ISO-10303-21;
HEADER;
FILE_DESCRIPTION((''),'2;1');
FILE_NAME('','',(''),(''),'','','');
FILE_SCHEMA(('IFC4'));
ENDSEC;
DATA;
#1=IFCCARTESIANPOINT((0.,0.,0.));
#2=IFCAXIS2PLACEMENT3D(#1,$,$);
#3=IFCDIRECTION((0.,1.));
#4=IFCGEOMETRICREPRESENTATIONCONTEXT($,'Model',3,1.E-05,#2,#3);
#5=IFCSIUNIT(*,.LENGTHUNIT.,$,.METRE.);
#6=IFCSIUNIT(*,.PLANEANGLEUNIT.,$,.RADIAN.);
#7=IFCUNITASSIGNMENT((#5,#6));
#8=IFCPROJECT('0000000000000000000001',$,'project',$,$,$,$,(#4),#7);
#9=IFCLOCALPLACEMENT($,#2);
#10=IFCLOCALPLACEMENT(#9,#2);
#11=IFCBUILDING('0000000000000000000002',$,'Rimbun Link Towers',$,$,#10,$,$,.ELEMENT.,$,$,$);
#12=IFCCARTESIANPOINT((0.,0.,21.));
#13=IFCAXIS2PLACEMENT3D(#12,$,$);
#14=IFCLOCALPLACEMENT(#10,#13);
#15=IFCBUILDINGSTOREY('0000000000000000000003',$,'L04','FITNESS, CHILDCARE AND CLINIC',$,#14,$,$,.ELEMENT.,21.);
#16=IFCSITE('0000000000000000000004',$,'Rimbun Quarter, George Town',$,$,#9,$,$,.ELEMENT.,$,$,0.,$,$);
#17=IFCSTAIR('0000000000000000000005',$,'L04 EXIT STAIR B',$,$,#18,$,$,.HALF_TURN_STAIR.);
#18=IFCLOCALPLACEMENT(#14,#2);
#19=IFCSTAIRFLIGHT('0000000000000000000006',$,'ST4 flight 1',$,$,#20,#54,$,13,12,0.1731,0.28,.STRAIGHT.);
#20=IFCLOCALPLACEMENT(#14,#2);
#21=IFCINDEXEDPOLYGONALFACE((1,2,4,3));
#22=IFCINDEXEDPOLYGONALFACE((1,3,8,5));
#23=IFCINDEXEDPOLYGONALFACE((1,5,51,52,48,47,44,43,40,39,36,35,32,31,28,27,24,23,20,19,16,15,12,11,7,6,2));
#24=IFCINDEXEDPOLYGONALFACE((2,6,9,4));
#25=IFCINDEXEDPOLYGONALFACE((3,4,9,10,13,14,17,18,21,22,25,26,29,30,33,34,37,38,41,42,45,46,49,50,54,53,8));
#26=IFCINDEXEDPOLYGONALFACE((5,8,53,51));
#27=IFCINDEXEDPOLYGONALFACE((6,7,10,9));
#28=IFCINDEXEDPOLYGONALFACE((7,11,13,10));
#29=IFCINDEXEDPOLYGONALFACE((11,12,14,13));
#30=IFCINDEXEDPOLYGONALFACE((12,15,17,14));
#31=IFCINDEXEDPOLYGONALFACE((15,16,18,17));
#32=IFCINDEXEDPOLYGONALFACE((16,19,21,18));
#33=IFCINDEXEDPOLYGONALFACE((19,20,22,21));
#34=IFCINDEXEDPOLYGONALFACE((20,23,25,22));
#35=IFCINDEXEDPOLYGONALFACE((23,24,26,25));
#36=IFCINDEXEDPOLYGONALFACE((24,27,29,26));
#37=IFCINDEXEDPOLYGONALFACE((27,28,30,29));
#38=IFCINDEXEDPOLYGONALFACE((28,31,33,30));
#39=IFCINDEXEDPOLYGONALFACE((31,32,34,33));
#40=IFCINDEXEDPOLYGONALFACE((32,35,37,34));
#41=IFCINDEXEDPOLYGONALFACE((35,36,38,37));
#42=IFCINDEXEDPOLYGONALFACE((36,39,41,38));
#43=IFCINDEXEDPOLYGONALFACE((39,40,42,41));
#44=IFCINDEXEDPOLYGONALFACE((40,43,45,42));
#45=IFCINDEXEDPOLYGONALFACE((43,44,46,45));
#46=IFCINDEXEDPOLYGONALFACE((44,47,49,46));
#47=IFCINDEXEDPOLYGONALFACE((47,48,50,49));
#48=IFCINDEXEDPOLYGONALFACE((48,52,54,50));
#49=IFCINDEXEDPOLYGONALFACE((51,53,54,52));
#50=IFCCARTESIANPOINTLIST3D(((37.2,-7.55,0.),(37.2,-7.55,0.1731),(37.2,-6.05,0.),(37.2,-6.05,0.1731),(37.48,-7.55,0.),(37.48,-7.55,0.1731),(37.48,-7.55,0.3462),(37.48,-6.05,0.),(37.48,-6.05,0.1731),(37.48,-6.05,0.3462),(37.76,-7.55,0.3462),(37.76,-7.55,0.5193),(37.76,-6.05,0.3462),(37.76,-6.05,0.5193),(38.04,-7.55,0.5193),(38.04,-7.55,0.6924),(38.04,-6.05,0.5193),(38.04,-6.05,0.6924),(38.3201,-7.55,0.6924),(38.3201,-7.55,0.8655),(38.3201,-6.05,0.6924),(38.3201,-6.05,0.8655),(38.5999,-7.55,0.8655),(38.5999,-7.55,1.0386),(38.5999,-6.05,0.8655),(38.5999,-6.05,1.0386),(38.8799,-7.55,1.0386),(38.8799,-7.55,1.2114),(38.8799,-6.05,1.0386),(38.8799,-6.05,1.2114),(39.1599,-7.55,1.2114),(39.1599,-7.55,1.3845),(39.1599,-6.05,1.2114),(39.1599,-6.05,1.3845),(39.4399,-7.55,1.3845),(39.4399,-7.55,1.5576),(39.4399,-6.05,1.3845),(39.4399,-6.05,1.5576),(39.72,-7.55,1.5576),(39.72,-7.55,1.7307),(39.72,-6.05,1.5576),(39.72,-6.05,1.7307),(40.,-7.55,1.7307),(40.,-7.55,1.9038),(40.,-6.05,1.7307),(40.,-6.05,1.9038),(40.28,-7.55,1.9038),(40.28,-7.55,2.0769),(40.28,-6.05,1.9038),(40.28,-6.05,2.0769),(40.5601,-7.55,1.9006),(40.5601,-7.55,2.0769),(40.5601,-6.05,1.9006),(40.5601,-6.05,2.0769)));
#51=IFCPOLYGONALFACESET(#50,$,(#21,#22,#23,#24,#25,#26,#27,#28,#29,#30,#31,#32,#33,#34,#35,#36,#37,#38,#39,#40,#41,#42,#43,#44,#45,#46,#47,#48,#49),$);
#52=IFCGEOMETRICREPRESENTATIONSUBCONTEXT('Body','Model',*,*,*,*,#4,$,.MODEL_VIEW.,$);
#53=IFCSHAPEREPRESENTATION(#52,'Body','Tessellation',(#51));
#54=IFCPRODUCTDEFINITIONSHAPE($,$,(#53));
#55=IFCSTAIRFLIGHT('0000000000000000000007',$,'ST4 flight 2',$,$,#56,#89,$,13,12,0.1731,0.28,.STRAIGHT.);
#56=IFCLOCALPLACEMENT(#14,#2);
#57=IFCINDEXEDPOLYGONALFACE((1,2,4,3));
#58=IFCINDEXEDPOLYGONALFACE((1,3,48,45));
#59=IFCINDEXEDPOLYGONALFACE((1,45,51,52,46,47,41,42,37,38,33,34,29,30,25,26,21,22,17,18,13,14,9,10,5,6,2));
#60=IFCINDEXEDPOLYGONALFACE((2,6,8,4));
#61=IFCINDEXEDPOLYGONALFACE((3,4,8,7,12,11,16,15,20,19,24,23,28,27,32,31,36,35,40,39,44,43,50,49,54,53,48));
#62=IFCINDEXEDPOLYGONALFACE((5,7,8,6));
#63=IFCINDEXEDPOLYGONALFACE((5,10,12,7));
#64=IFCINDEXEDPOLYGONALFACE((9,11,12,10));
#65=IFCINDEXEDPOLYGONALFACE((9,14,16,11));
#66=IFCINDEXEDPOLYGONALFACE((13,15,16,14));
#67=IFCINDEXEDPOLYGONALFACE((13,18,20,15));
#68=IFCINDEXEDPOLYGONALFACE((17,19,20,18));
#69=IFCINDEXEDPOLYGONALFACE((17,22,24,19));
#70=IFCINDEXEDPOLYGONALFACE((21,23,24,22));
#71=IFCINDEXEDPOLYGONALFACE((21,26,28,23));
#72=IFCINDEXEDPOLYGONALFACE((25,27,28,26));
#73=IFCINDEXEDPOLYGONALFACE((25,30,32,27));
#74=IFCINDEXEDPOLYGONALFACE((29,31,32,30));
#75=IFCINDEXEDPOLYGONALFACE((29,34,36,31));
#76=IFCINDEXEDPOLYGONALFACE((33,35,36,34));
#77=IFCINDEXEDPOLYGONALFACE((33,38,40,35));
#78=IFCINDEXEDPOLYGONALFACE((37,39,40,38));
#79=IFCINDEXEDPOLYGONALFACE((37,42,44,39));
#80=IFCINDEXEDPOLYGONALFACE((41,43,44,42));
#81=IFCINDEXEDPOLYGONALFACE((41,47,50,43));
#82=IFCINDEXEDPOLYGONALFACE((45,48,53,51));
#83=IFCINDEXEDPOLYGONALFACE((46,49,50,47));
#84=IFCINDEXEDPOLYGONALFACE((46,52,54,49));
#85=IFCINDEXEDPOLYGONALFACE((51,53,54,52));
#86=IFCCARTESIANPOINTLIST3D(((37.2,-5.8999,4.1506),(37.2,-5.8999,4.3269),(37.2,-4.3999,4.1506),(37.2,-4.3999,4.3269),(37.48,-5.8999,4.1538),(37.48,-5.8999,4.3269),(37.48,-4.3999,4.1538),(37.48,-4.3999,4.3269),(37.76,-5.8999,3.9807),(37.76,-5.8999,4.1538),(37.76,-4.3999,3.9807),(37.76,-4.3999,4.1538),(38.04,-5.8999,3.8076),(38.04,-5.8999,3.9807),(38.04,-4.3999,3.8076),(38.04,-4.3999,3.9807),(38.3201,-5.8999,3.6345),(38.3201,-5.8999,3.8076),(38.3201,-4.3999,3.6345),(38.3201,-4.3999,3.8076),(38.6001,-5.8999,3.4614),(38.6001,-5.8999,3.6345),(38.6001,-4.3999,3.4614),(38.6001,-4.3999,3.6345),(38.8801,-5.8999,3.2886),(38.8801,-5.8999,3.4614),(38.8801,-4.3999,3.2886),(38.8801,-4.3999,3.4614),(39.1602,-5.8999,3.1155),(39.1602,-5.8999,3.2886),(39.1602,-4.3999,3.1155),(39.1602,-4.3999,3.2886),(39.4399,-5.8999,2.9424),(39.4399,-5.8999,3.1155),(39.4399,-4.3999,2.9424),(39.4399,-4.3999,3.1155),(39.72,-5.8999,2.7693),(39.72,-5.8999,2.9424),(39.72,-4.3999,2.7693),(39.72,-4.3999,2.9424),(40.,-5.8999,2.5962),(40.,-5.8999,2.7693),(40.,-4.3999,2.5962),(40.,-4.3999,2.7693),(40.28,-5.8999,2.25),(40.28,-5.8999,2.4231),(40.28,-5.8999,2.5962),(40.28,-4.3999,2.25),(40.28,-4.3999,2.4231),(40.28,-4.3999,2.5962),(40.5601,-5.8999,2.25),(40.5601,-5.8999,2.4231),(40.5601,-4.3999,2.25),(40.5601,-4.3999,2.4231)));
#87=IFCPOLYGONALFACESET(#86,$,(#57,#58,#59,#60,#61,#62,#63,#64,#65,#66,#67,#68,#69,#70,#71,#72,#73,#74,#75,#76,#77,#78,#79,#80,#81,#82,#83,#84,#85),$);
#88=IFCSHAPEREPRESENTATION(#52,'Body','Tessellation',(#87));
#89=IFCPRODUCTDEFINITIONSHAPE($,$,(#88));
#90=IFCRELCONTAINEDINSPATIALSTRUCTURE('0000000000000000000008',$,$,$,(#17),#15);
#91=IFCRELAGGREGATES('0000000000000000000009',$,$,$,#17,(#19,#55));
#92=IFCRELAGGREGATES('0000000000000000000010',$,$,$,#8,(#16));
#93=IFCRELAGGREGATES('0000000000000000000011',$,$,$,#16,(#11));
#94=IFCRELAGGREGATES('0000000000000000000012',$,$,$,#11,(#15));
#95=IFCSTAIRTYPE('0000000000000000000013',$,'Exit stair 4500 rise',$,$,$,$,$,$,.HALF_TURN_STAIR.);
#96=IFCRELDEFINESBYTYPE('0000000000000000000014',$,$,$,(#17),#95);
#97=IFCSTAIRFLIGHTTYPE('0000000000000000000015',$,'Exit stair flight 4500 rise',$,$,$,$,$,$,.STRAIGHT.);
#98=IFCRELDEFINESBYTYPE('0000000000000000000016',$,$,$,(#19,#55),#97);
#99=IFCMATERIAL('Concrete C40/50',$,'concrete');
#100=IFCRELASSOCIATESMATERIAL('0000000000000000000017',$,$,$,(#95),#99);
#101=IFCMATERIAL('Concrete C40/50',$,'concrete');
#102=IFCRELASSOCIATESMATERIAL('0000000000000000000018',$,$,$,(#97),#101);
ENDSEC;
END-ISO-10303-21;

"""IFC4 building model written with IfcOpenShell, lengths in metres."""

from ifc_helpers import new_model, si_unit, direction, frame, origin, place, context, subcontext, project, spatial, polyline, outline, extrude, material, type_object, element, aggregate, save


model = new_model("IFC4")

# Units and contexts
model_context = context("Model", 3, precision=1e-05, world=origin(), true_north=direction((0.0, 1.0)))
body_context = subcontext(model_context, "Body", "Model", "MODEL_VIEW")
ifc_project = project(units=[si_unit("LENGTHUNIT", "METRE"), si_unit("PLANEANGLEUNIT", "RADIAN")], contexts=[model_context])

# Site, building, storey
site_placement = place(None, origin())
site = spatial("IfcSite", under=ifc_project, at=site_placement, Name="Rimbun Quarter, George Town", CompositionType="ELEMENT", RefElevation=0.0)
building_placement = place(site_placement, origin())
building = spatial("IfcBuilding", under=site, at=building_placement, Name="Rimbun Link Towers", CompositionType="ELEMENT")
storey_placement = place(building_placement, frame((0.0, 0.0, 21.0)))
storey = spatial("IfcBuildingStorey", under=building, at=storey_placement, Name="L04", Description="FITNESS, CHILDCARE AND CLINIC", CompositionType="ELEMENT", Elevation=21.0)

# Stair, stair flights
ifc_material_1 = material(Name="Concrete C40/50", Category="concrete")
stair_type = type_object("IfcStairType", Name="Exit stair 4500 rise", PredefinedType="HALF_TURN_STAIR", material=ifc_material_1)
stair_placement = place(storey_placement, origin())
stair = element("IfcStair", 1, at=stair_placement, inside=storey, type_object=stair_type, Name="L04 EXIT STAIR B", PredefinedType="HALF_TURN_STAIR")
ifc_material_2 = material(Name="Concrete C40/50", Category="concrete")
stair_flight_type = type_object("IfcStairFlightType", Name="Exit stair flight 4500 rise", PredefinedType="STRAIGHT", material=ifc_material_2)
stair_flight_1_placement = place(storey_placement, frame((37.2, -6.8, 0.0), z_axis=(0.0, 0.0, 1.0), x_axis=(1.0, 0.0, 0.0)))
stair_flight_1 = element("IfcStairFlight", 2, at=stair_flight_1_placement, type_object=stair_flight_type, Name="ST4 flight 1", NumberOfRisers=13, NumberOfTreads=12, PredefinedType="STRAIGHT", RiserHeight=0.1731, TreadLength=0.28, context=body_context, shape_type="SweptSolid", body=[
    extrude(outline(polyline([(0.0, 0.0), (0.0, 0.1731), (0.28, 0.1731), (0.28, 0.3462), (0.5601, 0.3462), (0.5601, 0.5193), (0.8401, 0.5193), (0.8401, 0.6924), (1.1201, 0.6924), (1.1201, 0.8655), (1.3999, 0.8655), (1.3999, 1.0386), (1.6799, 1.0386), (1.6799, 1.2114), (1.96, 1.2114), (1.96, 1.3845), (2.24, 1.3845), (2.24, 1.5576), (2.52, 1.5576), (2.52, 1.7307), (2.8, 1.7307), (2.8, 1.9038), (3.0801, 1.9038), (3.0801, 2.0769), (3.3601, 2.0769), (3.3601, 2.25), (3.3601, 1.9006), (0.28, 0.0), (0.0, 0.0)])), frame((0.0, 0.75, 0.0), z_axis=(0.0, -1.0, 0.0), x_axis=(1.0, 0.0, 0.0)), (0.0, 0.0, 1.0), 1.5),
])
stair_flight_2_placement = place(storey_placement, frame((40.5601, -5.1499, 2.25), z_axis=(0.0, 0.0, 1.0), x_axis=(-1.0, 0.0, 0.0)))
stair_flight_2 = element("IfcStairFlight", 3, at=stair_flight_2_placement, type_object=stair_flight_type, Name="ST4 flight 2", NumberOfRisers=13, NumberOfTreads=12, PredefinedType="STRAIGHT", RiserHeight=0.1731, TreadLength=0.28, context=body_context, shape_type="SweptSolid", body=[
    extrude(outline(polyline([(0.0, 0.0), (0.0, 0.1731), (0.28, 0.1731), (0.28, 0.3462), (0.5601, 0.3462), (0.5601, 0.5193), (0.8401, 0.5193), (0.8401, 0.6924), (1.1201, 0.6924), (1.1201, 0.8655), (1.3999, 0.8655), (1.3999, 1.0386), (1.6799, 1.0386), (1.6799, 1.2114), (1.96, 1.2114), (1.96, 1.3845), (2.24, 1.3845), (2.24, 1.5576), (2.52, 1.5576), (2.52, 1.7307), (2.8, 1.7307), (2.8, 1.9038), (3.0801, 1.9038), (3.0801, 2.0769), (3.3601, 2.0769), (3.3601, 2.25), (3.3601, 1.9006), (0.28, 0.0), (0.0, 0.0)])), frame((0.0, 0.75, 0.0), z_axis=(0.0, -1.0, 0.0), x_axis=(1.0, 0.0, 0.0)), (0.0, 0.0, 1.0), 1.5),
])
aggregate(stair, [stair_flight_1, stair_flight_2])

save(model, "model.ifc")
